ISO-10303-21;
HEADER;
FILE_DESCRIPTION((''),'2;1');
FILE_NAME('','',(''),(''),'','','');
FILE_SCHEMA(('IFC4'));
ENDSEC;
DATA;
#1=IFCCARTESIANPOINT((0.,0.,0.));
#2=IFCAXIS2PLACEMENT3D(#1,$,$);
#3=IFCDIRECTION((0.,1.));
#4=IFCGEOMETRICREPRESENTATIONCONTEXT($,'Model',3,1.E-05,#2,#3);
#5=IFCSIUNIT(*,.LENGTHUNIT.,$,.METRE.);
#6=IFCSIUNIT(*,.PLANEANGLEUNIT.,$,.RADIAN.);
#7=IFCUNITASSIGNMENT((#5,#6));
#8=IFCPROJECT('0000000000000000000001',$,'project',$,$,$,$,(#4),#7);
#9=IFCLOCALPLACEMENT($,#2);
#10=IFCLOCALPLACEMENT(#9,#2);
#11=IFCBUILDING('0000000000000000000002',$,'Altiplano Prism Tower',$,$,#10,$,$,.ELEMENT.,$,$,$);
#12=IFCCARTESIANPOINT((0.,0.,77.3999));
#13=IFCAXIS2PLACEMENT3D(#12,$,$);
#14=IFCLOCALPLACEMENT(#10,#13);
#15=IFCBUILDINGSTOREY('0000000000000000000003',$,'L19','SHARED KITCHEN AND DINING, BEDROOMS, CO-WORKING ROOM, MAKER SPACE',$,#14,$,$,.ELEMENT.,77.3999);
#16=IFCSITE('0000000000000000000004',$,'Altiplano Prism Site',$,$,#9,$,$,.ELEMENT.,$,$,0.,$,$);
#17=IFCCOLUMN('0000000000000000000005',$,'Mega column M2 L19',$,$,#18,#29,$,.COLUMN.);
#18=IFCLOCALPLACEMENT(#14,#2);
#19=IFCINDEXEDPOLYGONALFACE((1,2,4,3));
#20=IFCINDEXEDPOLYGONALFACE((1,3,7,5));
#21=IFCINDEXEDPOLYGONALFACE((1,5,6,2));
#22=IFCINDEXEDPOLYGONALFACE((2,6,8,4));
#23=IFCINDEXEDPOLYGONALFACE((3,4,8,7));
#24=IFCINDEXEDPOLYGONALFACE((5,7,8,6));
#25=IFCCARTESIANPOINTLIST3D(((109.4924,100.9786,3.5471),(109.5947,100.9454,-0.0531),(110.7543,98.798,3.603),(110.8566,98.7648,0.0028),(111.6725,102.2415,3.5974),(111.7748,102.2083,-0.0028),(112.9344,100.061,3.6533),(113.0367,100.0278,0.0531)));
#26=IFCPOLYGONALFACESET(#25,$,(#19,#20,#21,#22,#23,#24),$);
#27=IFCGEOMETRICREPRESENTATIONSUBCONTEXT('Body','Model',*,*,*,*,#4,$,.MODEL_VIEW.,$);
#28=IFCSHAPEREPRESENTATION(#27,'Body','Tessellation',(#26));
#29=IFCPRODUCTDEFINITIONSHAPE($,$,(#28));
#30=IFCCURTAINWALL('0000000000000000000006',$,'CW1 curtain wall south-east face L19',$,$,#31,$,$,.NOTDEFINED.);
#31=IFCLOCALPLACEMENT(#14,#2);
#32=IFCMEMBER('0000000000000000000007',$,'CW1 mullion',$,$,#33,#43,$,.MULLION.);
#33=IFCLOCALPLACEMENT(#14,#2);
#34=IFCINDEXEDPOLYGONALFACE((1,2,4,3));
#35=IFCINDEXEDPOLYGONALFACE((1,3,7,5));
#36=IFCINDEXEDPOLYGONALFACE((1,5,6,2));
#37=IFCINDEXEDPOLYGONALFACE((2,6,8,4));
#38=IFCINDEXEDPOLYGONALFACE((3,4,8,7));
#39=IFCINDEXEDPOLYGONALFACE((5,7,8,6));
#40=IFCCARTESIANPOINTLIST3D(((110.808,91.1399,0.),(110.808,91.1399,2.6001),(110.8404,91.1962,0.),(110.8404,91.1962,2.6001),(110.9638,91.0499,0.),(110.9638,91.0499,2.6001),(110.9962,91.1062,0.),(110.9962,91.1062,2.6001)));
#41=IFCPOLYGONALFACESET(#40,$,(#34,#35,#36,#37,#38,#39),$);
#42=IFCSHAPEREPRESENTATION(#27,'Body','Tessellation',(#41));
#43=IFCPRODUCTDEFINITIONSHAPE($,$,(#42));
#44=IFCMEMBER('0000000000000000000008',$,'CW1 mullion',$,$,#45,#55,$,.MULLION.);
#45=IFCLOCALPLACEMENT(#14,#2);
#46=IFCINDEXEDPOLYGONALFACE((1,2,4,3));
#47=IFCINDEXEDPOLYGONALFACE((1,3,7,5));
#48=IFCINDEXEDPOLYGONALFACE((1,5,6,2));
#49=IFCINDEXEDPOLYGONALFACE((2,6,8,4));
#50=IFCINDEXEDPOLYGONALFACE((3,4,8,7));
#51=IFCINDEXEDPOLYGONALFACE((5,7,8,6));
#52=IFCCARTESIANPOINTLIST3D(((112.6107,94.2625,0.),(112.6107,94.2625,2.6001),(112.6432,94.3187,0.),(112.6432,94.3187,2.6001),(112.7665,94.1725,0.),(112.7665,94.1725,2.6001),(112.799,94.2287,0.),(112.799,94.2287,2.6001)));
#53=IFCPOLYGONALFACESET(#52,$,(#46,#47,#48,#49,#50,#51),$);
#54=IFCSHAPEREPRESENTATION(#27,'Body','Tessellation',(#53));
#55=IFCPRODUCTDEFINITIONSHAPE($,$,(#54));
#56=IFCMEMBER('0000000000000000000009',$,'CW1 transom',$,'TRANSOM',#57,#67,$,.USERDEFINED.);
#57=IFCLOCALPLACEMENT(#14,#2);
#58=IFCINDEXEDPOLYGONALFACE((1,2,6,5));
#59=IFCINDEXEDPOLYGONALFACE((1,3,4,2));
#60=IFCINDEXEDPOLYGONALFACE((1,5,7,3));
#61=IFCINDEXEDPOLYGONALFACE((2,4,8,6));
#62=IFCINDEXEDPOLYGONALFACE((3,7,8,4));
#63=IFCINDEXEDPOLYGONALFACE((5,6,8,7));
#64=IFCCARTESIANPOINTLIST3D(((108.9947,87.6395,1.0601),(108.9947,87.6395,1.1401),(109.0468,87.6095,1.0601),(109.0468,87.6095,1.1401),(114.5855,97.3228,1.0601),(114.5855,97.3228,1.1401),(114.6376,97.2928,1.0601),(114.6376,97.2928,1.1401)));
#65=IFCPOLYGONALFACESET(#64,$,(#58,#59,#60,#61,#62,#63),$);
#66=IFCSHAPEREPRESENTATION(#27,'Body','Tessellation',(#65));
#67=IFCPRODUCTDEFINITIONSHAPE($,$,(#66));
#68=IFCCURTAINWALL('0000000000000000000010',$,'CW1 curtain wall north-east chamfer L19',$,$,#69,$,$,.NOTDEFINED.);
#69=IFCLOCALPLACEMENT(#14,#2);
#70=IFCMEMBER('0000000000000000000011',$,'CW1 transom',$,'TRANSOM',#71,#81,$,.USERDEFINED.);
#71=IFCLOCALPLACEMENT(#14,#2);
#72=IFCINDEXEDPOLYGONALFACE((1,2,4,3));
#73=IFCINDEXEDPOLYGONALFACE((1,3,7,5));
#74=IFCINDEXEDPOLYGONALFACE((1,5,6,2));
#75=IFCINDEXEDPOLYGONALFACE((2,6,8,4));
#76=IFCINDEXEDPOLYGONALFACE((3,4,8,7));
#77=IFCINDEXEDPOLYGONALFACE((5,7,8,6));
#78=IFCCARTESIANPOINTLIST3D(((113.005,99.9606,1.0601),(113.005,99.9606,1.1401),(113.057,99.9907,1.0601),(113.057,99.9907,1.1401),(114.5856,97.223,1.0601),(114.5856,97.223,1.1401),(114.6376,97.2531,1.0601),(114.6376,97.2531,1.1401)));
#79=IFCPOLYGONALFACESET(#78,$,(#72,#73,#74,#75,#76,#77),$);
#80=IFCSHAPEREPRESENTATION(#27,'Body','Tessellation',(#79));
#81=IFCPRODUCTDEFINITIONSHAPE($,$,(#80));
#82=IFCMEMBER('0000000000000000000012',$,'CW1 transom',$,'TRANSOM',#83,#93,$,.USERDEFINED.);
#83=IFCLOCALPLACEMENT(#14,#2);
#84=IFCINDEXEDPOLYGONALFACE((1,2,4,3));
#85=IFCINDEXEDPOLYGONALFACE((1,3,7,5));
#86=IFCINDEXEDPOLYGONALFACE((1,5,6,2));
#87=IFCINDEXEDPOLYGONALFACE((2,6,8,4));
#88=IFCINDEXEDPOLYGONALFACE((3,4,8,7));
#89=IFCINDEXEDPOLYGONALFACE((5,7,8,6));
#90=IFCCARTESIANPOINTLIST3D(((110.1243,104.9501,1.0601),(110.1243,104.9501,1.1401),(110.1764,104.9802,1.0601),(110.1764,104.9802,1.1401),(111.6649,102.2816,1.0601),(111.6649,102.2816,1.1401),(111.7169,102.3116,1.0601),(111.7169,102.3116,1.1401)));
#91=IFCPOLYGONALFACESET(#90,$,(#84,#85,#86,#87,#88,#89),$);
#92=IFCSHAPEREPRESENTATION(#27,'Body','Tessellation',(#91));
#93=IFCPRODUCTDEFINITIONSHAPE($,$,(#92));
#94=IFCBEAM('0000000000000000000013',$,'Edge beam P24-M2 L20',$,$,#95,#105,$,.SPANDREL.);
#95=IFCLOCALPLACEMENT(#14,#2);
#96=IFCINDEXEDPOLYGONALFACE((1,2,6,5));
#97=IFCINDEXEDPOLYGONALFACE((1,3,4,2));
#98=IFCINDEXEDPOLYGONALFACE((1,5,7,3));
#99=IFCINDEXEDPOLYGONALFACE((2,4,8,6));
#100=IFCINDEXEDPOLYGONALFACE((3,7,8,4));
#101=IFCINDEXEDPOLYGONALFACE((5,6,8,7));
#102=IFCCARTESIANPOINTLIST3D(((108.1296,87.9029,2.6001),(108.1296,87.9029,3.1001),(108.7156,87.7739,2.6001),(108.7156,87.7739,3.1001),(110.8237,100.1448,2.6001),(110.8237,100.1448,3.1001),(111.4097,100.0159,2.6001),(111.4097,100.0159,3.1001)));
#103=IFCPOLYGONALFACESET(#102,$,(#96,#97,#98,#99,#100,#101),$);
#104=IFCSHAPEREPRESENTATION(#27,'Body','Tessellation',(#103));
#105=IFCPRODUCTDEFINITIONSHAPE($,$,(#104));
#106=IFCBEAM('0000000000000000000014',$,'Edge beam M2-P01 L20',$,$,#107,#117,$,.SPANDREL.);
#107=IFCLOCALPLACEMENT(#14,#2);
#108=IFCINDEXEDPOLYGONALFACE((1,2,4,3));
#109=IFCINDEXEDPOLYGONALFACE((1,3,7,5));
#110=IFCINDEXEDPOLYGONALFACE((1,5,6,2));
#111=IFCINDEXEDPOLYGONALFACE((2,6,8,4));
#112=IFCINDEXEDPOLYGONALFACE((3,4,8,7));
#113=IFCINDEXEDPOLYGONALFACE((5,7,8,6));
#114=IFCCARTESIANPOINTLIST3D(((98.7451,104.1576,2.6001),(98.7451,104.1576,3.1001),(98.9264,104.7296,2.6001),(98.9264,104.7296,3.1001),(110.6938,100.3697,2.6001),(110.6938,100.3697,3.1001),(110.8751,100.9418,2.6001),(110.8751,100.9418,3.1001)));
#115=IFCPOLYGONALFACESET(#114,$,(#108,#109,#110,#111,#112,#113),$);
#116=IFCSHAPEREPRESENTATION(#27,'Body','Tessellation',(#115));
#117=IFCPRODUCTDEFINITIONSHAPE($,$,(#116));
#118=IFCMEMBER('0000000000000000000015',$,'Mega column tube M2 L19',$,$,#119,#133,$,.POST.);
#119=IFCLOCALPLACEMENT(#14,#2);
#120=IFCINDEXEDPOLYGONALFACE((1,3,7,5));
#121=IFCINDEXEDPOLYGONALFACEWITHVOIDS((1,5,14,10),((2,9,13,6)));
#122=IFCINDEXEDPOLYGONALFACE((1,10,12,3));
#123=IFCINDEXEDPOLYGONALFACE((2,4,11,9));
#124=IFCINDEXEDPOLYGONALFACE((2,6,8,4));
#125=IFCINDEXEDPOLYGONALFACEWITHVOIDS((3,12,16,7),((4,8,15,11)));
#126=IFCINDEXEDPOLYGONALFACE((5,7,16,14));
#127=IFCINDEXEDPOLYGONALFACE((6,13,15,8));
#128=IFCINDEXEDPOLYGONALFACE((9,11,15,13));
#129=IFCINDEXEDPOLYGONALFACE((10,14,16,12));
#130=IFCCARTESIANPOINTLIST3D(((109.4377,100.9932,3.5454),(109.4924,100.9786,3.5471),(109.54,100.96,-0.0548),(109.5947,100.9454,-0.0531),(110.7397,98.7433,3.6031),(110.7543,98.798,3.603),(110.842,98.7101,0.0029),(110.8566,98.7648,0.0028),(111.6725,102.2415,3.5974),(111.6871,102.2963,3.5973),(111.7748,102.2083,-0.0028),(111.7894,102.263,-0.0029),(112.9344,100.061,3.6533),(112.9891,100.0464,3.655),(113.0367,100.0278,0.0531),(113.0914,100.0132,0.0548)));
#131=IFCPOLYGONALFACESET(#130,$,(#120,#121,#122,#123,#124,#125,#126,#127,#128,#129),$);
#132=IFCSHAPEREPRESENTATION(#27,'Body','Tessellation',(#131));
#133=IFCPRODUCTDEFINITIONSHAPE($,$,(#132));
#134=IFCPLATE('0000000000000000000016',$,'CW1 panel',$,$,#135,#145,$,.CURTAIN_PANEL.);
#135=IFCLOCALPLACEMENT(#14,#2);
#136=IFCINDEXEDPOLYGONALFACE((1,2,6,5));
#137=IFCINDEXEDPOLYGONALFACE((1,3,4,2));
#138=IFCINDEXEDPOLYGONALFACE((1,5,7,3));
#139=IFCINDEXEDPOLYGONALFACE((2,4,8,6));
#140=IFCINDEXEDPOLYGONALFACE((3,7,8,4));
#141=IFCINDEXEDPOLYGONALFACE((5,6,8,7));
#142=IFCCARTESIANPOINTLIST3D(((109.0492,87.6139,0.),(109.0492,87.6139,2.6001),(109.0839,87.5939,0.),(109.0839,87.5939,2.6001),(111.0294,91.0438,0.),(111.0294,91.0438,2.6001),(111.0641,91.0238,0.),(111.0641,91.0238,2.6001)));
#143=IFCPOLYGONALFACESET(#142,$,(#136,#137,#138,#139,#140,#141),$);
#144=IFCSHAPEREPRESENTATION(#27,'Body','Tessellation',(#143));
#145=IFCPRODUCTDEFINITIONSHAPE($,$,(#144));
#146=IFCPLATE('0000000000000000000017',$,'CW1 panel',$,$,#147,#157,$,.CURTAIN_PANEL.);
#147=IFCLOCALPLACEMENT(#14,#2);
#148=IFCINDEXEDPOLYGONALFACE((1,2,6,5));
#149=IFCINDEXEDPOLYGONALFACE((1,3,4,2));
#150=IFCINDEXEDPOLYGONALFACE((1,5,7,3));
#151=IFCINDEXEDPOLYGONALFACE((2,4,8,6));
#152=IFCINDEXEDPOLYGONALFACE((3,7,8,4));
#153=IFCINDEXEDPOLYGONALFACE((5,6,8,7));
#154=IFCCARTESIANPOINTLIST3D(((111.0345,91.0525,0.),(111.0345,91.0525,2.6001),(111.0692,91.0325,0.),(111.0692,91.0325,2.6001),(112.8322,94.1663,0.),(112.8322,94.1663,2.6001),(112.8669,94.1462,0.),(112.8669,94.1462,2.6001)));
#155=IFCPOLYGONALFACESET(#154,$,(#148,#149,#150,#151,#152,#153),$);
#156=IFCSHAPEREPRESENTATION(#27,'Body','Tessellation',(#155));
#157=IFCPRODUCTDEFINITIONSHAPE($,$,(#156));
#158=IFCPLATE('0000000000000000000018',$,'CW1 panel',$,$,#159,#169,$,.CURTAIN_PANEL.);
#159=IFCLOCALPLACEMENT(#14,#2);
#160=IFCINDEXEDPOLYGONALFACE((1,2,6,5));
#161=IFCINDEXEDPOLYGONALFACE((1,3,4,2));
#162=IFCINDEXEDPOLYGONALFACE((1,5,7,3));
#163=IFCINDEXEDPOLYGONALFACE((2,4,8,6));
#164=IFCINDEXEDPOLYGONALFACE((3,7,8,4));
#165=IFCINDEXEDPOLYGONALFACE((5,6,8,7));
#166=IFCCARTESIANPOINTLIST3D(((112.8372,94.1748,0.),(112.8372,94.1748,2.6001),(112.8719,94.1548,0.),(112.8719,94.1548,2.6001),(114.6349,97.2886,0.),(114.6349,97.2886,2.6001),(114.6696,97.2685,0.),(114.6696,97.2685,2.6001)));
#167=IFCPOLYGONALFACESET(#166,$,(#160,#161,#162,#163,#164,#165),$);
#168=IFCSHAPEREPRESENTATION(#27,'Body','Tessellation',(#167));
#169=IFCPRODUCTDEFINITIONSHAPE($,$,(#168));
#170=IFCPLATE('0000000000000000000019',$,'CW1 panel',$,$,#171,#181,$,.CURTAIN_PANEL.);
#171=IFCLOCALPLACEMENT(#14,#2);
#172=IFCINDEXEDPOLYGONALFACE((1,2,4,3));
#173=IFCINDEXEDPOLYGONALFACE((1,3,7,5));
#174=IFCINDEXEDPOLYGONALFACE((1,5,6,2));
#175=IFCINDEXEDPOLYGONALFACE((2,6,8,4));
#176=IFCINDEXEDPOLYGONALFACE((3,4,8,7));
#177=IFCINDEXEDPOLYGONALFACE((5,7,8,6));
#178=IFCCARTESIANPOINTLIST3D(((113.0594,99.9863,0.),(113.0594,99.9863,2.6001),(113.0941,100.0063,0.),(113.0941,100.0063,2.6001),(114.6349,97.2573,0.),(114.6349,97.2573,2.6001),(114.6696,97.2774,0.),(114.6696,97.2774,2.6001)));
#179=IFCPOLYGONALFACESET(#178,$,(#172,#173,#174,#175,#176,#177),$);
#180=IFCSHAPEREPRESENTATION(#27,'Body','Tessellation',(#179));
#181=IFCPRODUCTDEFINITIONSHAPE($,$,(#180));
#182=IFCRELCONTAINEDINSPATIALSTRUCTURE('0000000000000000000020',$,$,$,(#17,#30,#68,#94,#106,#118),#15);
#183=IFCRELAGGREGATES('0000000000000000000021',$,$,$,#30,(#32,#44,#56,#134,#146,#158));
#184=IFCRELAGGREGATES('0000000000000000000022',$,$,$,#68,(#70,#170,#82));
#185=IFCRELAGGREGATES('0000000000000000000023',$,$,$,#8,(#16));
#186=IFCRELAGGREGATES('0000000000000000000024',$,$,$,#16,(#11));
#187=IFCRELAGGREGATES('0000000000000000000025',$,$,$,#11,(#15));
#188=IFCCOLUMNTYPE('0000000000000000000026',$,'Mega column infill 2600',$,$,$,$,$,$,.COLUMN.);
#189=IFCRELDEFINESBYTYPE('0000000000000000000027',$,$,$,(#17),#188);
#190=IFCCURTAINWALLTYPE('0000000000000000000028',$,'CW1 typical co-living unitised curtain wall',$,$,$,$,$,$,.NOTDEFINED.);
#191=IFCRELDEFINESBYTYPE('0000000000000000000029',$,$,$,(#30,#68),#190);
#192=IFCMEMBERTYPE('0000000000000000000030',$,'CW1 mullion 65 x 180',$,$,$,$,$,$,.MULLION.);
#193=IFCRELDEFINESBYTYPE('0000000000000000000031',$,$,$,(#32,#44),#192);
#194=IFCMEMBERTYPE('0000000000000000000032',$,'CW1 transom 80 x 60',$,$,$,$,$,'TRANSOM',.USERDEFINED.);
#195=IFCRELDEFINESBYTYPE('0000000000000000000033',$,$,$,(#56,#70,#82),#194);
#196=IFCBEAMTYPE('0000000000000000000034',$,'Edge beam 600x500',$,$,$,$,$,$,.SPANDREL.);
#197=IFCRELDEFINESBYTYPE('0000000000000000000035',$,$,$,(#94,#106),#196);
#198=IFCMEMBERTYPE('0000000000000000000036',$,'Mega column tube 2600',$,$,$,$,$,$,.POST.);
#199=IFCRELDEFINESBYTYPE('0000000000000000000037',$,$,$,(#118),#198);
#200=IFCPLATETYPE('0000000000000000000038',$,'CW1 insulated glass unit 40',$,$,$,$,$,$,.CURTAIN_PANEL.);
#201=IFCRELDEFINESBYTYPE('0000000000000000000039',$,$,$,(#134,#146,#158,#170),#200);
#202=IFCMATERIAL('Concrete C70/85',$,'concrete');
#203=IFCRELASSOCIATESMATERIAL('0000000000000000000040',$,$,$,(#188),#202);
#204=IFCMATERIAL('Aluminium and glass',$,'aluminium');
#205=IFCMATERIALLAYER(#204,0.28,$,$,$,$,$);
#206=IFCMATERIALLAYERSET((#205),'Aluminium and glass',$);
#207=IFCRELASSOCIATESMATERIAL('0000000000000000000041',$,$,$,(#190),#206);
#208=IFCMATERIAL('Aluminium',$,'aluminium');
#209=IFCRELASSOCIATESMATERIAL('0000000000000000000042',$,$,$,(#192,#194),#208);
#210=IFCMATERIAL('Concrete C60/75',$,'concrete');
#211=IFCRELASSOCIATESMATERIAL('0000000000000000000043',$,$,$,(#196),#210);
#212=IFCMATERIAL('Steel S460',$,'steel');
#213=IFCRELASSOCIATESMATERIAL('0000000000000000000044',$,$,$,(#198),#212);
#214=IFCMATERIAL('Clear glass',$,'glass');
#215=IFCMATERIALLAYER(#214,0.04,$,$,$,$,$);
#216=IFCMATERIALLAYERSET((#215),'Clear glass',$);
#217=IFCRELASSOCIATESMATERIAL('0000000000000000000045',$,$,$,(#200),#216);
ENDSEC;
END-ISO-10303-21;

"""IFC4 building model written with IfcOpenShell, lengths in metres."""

from ifc_helpers import new_model, si_unit, direction, frame, origin, origin_2d, place, context, subcontext, project, spatial, rectangle, hollow_rectangle, extrude, material, layer, layer_set, material_profile, profile_set, type_object, element, aggregate, save


model = new_model("IFC4")

# Units and contexts
model_context = context("Model", 3, precision=1e-05, world=origin(), true_north=direction((0.0, 1.0)))
body_context = subcontext(model_context, "Body", "Model", "MODEL_VIEW")
ifc_project = project(units=[si_unit("LENGTHUNIT", "METRE"), si_unit("PLANEANGLEUNIT", "RADIAN")], contexts=[model_context])

# Site, building, storey
site_placement = place(None, origin())
site = spatial("IfcSite", under=ifc_project, at=site_placement, Name="Altiplano Prism Site", CompositionType="ELEMENT", RefElevation=0.0)
building_placement = place(site_placement, origin())
building = spatial("IfcBuilding", under=site, at=building_placement, Name="Altiplano Prism Tower", CompositionType="ELEMENT")
storey_placement = place(building_placement, frame((0.0, 0.0, 77.3999)))
storey = spatial("IfcBuildingStorey", under=building, at=storey_placement, Name="L19", Description="SHARED KITCHEN AND DINING, BEDROOMS, CO-WORKING ROOM, MAKER SPACE", CompositionType="ELEMENT", Elevation=77.3999)

# Column
ifc_material_1 = material(Name="Concrete C70/85", Category="concrete")
ifc_material_profile_1 = material_profile(ifc_material_1, rectangle(XDim=2.52, YDim=2.52, at=origin_2d()), Name="Mega column infill 2600")
ifc_profile_set_1 = profile_set([ifc_material_profile_1], Name="Concrete C70/85")
column_type = type_object("IfcColumnType", Name="Mega column infill 2600", PredefinedType="COLUMN", material=ifc_profile_set_1)
column_placement = place(storey_placement, frame((111.3157, 100.4866, 0.0), z_axis=(-0.028402, 0.009219, 0.999554), x_axis=(0.500757, -0.865303, 0.022209)))
element("IfcColumn", 1, at=column_placement, inside=storey, type_object=column_type, Name="Mega column M2 L19", PredefinedType="COLUMN", context=body_context, shape_type="SweptSolid", body=[
    extrude(rectangle(XDim=2.52, YDim=2.52, at=origin_2d()), origin(), (0.0, 0.0, 1.0), 3.6018),
])

# Curtain walls, members
ifc_material_2 = material(Name="Aluminium and glass", Category="aluminium")
ifc_layer_1 = layer(ifc_material_2, 0.28)
ifc_layer_set_1 = layer_set([ifc_layer_1], Name="Aluminium and glass")
curtain_wall_type = type_object("IfcCurtainWallType", Name="CW1 typical co-living unitised curtain wall", PredefinedType="NOTDEFINED", material=ifc_layer_set_1)
curtain_wall_1_placement = place(storey_placement, origin())
curtain_wall_1 = element("IfcCurtainWall", 2, at=curtain_wall_1_placement, inside=storey, type_object=curtain_wall_type, Name="CW1 curtain wall south-east face L19", PredefinedType="NOTDEFINED")
ifc_material_3 = material(Name="Aluminium", Category="aluminium")
ifc_material_profile_2 = material_profile(ifc_material_3, rectangle(XDim=0.1799, YDim=0.0649, at=origin_2d()), Name="CW1 mullion 65 x 180")
ifc_profile_set_2 = profile_set([ifc_material_profile_2], Name="Aluminium")
member_type_1 = type_object("IfcMemberType", Name="CW1 mullion 65 x 180", PredefinedType="MULLION", material=ifc_profile_set_2)
member_1_placement = place(storey_placement, frame((110.9021, 91.123, 0.0), z_axis=(0.0, 0.0, 1.0), x_axis=(-0.866025, 0.5, 0.0)))
member_1 = element("IfcMember", 3, at=member_1_placement, type_object=member_type_1, Name="CW1 mullion", PredefinedType="MULLION", context=body_context, shape_type="SweptSolid", body=[
    extrude(rectangle(XDim=0.1799, YDim=0.0649, at=origin_2d()), origin(), (0.0, 0.0, 1.0), 2.6001),
])
member_2_placement = place(storey_placement, frame((112.7048, 94.2456, 0.0), z_axis=(0.0, 0.0, 1.0), x_axis=(-0.866025, 0.5, 0.0)))
member_2 = element("IfcMember", 4, at=member_2_placement, type_object=member_type_1, Name="CW1 mullion", PredefinedType="MULLION", context=body_context, shape_type="SweptSolid", body=[
    extrude(rectangle(XDim=0.1799, YDim=0.0649, at=origin_2d()), origin(), (0.0, 0.0, 1.0), 2.6001),
])
ifc_material_profile_3 = material_profile(ifc_material_3, rectangle(XDim=0.0601, YDim=0.0801, at=origin_2d()), Name="CW1 transom 80 x 60")
ifc_profile_set_3 = profile_set([ifc_material_profile_3], Name="Aluminium")
member_type_2 = type_object("IfcMemberType", Name="CW1 transom 80 x 60", ElementType="TRANSOM", PredefinedType="USERDEFINED", material=ifc_profile_set_3)
member_3_placement = place(storey_placement, frame((109.0208, 87.6245, 1.1001), z_axis=(0.500009, 0.86602, 0.0), x_axis=(-0.86602, 0.500009, 0.0)))
member_3 = element("IfcMember", 5, at=member_3_placement, type_object=member_type_2, Name="CW1 transom", ObjectType="TRANSOM", PredefinedType="USERDEFINED", context=body_context, shape_type="SweptSolid", body=[
    extrude(rectangle(XDim=0.0601, YDim=0.0801, at=origin_2d()), origin(), (0.0, 0.0, 1.0), 11.1814),
])
curtain_wall_2_placement = place(storey_placement, origin())
curtain_wall_2 = element("IfcCurtainWall", 6, at=curtain_wall_2_placement, inside=storey, type_object=curtain_wall_type, Name="CW1 curtain wall north-east chamfer L19", PredefinedType="NOTDEFINED")
member_4_placement = place(storey_placement, frame((114.6116, 97.238, 1.1001), z_axis=(-0.50001, 0.86602, 0.0), x_axis=(-0.86602, -0.50001, 0.0)))
member_4 = element("IfcMember", 7, at=member_4_placement, type_object=member_type_2, Name="CW1 transom", ObjectType="TRANSOM", PredefinedType="USERDEFINED", context=body_context, shape_type="SweptSolid", body=[
    extrude(rectangle(XDim=0.0601, YDim=0.0801, at=origin_2d()), origin(), (0.0, 0.0, 1.0), 3.1611),
])
member_5_placement = place(storey_placement, frame((111.6909, 102.2966, 1.1001), z_axis=(-0.499974, 0.86604, 0.0), x_axis=(-0.86604, -0.499974, 0.0)))
member_5 = element("IfcMember", 8, at=member_5_placement, type_object=member_type_2, Name="CW1 transom", ObjectType="TRANSOM", PredefinedType="USERDEFINED", context=body_context, shape_type="SweptSolid", body=[
    extrude(rectangle(XDim=0.0601, YDim=0.0801, at=origin_2d()), origin(), (0.0, 0.0, 1.0), 3.0813),
])

# Beams
ifc_material_4 = material(Name="Concrete C60/75", Category="concrete")
ifc_material_profile_4 = material_profile(ifc_material_4, rectangle(XDim=0.6001, YDim=0.5, at=origin_2d()), Name="Edge beam 600x500")
ifc_profile_set_4 = profile_set([ifc_material_profile_4], Name="Concrete C60/75")
beam_type = type_object("IfcBeamType", Name="Edge beam 600x500", PredefinedType="SPANDREL", material=ifc_profile_set_4)
beam_1_placement = place(storey_placement, frame((108.4226, 87.8384, 2.8501), z_axis=(0.214928, 0.97663, 0.0), x_axis=(-0.97663, 0.214928, 0.0)))
element("IfcBeam", 9, at=beam_1_placement, inside=storey, type_object=beam_type, Name="Edge beam P24-M2 L20", PredefinedType="SPANDREL", context=body_context, shape_type="SweptSolid", body=[
    extrude(rectangle(XDim=0.6001, YDim=0.5, at=origin_2d()), origin(), (0.0, 0.0, 1.0), 12.5349),
])
beam_2_placement = place(storey_placement, frame((110.7844, 100.6558, 2.8501), z_axis=(-0.953249, 0.302187, 0.0), x_axis=(-0.302187, -0.953249, 0.0)))
element("IfcBeam", 10, at=beam_2_placement, inside=storey, type_object=beam_type, Name="Edge beam M2-P01 L20", PredefinedType="SPANDREL", context=body_context, shape_type="SweptSolid", body=[
    extrude(rectangle(XDim=0.6001, YDim=0.5, at=origin_2d()), origin(), (0.0, 0.0, 1.0), 12.5347),
])

# Member
ifc_material_5 = material(Name="Steel S460", Category="steel")
ifc_material_profile_5 = material_profile(ifc_material_5, hollow_rectangle(XDim=2.6001, YDim=2.6001, WallThickness=0.04, at=origin_2d()), Name="Mega column tube 2600")
ifc_profile_set_5 = profile_set([ifc_material_profile_5], Name="Steel S460")
member_type_3 = type_object("IfcMemberType", Name="Mega column tube 2600", PredefinedType="POST", material=ifc_profile_set_5)
member_6_placement = place(storey_placement, frame((111.3157, 100.4866, 0.0), z_axis=(-0.028402, 0.009219, 0.999554), x_axis=(0.500757, -0.865303, 0.022209)))
element("IfcMember", 11, at=member_6_placement, inside=storey, type_object=member_type_3, Name="Mega column tube M2 L19", PredefinedType="POST", context=body_context, shape_type="SweptSolid", body=[
    extrude(hollow_rectangle(XDim=2.6001, YDim=2.6001, WallThickness=0.04, at=origin_2d()), origin(), (0.0, 0.0, 1.0), 3.6018),
])

# Plates
ifc_material_6 = material(Name="Clear glass", Category="glass")
ifc_layer_2 = layer(ifc_material_6, 0.04)
ifc_layer_set_2 = layer_set([ifc_layer_2], Name="Clear glass")
plate_type = type_object("IfcPlateType", Name="CW1 insulated glass unit 40", PredefinedType="CURTAIN_PANEL", material=ifc_layer_set_2)
plate_1_placement = place(storey_placement, frame((110.0566, 89.3188, 0.0), z_axis=(0.0, 0.0, 1.0), x_axis=(0.5, 0.866025, 0.0)))
plate_1 = element("IfcPlate", 12, at=plate_1_placement, type_object=plate_type, Name="CW1 panel", PredefinedType="CURTAIN_PANEL", context=body_context, shape_type="SweptSolid", body=[
    extrude(rectangle(XDim=3.9604, YDim=0.04, at=origin_2d()), origin(), (0.0, 0.0, 1.0), 2.6001),
])
plate_2_placement = place(storey_placement, frame((111.9507, 92.5994, 0.0), z_axis=(0.0, 0.0, 1.0), x_axis=(0.5, 0.866025, 0.0)))
plate_2 = element("IfcPlate", 13, at=plate_2_placement, type_object=plate_type, Name="CW1 panel", PredefinedType="CURTAIN_PANEL", context=body_context, shape_type="SweptSolid", body=[
    extrude(rectangle(XDim=3.5955, YDim=0.04, at=origin_2d()), origin(), (0.0, 0.0, 1.0), 2.6001),
])
plate_3_placement = place(storey_placement, frame((113.7534, 95.7217, 0.0), z_axis=(0.0, 0.0, 1.0), x_axis=(0.5, 0.866025, 0.0)))
plate_3 = element("IfcPlate", 14, at=plate_3_placement, type_object=plate_type, Name="CW1 panel", PredefinedType="CURTAIN_PANEL", context=body_context, shape_type="SweptSolid", body=[
    extrude(rectangle(XDim=3.5955, YDim=0.04, at=origin_2d()), origin(), (0.0, 0.0, 1.0), 2.6001),
])
aggregate(curtain_wall_1, [member_1, member_2, member_3, plate_1, plate_2, plate_3])
plate_4_placement = place(storey_placement, frame((113.8645, 98.6318, 0.0), z_axis=(0.0, 0.0, 1.0), x_axis=(-0.5, 0.866025, 0.0)))
plate_4 = element("IfcPlate", 15, at=plate_4_placement, type_object=plate_type, Name="CW1 panel", PredefinedType="CURTAIN_PANEL", context=body_context, shape_type="SweptSolid", body=[
    extrude(rectangle(XDim=3.1511, YDim=0.04, at=origin_2d()), origin(), (0.0, 0.0, 1.0), 2.6001),
])
aggregate(curtain_wall_2, [member_4, plate_4, member_5])

save(model, "model.ifc")
